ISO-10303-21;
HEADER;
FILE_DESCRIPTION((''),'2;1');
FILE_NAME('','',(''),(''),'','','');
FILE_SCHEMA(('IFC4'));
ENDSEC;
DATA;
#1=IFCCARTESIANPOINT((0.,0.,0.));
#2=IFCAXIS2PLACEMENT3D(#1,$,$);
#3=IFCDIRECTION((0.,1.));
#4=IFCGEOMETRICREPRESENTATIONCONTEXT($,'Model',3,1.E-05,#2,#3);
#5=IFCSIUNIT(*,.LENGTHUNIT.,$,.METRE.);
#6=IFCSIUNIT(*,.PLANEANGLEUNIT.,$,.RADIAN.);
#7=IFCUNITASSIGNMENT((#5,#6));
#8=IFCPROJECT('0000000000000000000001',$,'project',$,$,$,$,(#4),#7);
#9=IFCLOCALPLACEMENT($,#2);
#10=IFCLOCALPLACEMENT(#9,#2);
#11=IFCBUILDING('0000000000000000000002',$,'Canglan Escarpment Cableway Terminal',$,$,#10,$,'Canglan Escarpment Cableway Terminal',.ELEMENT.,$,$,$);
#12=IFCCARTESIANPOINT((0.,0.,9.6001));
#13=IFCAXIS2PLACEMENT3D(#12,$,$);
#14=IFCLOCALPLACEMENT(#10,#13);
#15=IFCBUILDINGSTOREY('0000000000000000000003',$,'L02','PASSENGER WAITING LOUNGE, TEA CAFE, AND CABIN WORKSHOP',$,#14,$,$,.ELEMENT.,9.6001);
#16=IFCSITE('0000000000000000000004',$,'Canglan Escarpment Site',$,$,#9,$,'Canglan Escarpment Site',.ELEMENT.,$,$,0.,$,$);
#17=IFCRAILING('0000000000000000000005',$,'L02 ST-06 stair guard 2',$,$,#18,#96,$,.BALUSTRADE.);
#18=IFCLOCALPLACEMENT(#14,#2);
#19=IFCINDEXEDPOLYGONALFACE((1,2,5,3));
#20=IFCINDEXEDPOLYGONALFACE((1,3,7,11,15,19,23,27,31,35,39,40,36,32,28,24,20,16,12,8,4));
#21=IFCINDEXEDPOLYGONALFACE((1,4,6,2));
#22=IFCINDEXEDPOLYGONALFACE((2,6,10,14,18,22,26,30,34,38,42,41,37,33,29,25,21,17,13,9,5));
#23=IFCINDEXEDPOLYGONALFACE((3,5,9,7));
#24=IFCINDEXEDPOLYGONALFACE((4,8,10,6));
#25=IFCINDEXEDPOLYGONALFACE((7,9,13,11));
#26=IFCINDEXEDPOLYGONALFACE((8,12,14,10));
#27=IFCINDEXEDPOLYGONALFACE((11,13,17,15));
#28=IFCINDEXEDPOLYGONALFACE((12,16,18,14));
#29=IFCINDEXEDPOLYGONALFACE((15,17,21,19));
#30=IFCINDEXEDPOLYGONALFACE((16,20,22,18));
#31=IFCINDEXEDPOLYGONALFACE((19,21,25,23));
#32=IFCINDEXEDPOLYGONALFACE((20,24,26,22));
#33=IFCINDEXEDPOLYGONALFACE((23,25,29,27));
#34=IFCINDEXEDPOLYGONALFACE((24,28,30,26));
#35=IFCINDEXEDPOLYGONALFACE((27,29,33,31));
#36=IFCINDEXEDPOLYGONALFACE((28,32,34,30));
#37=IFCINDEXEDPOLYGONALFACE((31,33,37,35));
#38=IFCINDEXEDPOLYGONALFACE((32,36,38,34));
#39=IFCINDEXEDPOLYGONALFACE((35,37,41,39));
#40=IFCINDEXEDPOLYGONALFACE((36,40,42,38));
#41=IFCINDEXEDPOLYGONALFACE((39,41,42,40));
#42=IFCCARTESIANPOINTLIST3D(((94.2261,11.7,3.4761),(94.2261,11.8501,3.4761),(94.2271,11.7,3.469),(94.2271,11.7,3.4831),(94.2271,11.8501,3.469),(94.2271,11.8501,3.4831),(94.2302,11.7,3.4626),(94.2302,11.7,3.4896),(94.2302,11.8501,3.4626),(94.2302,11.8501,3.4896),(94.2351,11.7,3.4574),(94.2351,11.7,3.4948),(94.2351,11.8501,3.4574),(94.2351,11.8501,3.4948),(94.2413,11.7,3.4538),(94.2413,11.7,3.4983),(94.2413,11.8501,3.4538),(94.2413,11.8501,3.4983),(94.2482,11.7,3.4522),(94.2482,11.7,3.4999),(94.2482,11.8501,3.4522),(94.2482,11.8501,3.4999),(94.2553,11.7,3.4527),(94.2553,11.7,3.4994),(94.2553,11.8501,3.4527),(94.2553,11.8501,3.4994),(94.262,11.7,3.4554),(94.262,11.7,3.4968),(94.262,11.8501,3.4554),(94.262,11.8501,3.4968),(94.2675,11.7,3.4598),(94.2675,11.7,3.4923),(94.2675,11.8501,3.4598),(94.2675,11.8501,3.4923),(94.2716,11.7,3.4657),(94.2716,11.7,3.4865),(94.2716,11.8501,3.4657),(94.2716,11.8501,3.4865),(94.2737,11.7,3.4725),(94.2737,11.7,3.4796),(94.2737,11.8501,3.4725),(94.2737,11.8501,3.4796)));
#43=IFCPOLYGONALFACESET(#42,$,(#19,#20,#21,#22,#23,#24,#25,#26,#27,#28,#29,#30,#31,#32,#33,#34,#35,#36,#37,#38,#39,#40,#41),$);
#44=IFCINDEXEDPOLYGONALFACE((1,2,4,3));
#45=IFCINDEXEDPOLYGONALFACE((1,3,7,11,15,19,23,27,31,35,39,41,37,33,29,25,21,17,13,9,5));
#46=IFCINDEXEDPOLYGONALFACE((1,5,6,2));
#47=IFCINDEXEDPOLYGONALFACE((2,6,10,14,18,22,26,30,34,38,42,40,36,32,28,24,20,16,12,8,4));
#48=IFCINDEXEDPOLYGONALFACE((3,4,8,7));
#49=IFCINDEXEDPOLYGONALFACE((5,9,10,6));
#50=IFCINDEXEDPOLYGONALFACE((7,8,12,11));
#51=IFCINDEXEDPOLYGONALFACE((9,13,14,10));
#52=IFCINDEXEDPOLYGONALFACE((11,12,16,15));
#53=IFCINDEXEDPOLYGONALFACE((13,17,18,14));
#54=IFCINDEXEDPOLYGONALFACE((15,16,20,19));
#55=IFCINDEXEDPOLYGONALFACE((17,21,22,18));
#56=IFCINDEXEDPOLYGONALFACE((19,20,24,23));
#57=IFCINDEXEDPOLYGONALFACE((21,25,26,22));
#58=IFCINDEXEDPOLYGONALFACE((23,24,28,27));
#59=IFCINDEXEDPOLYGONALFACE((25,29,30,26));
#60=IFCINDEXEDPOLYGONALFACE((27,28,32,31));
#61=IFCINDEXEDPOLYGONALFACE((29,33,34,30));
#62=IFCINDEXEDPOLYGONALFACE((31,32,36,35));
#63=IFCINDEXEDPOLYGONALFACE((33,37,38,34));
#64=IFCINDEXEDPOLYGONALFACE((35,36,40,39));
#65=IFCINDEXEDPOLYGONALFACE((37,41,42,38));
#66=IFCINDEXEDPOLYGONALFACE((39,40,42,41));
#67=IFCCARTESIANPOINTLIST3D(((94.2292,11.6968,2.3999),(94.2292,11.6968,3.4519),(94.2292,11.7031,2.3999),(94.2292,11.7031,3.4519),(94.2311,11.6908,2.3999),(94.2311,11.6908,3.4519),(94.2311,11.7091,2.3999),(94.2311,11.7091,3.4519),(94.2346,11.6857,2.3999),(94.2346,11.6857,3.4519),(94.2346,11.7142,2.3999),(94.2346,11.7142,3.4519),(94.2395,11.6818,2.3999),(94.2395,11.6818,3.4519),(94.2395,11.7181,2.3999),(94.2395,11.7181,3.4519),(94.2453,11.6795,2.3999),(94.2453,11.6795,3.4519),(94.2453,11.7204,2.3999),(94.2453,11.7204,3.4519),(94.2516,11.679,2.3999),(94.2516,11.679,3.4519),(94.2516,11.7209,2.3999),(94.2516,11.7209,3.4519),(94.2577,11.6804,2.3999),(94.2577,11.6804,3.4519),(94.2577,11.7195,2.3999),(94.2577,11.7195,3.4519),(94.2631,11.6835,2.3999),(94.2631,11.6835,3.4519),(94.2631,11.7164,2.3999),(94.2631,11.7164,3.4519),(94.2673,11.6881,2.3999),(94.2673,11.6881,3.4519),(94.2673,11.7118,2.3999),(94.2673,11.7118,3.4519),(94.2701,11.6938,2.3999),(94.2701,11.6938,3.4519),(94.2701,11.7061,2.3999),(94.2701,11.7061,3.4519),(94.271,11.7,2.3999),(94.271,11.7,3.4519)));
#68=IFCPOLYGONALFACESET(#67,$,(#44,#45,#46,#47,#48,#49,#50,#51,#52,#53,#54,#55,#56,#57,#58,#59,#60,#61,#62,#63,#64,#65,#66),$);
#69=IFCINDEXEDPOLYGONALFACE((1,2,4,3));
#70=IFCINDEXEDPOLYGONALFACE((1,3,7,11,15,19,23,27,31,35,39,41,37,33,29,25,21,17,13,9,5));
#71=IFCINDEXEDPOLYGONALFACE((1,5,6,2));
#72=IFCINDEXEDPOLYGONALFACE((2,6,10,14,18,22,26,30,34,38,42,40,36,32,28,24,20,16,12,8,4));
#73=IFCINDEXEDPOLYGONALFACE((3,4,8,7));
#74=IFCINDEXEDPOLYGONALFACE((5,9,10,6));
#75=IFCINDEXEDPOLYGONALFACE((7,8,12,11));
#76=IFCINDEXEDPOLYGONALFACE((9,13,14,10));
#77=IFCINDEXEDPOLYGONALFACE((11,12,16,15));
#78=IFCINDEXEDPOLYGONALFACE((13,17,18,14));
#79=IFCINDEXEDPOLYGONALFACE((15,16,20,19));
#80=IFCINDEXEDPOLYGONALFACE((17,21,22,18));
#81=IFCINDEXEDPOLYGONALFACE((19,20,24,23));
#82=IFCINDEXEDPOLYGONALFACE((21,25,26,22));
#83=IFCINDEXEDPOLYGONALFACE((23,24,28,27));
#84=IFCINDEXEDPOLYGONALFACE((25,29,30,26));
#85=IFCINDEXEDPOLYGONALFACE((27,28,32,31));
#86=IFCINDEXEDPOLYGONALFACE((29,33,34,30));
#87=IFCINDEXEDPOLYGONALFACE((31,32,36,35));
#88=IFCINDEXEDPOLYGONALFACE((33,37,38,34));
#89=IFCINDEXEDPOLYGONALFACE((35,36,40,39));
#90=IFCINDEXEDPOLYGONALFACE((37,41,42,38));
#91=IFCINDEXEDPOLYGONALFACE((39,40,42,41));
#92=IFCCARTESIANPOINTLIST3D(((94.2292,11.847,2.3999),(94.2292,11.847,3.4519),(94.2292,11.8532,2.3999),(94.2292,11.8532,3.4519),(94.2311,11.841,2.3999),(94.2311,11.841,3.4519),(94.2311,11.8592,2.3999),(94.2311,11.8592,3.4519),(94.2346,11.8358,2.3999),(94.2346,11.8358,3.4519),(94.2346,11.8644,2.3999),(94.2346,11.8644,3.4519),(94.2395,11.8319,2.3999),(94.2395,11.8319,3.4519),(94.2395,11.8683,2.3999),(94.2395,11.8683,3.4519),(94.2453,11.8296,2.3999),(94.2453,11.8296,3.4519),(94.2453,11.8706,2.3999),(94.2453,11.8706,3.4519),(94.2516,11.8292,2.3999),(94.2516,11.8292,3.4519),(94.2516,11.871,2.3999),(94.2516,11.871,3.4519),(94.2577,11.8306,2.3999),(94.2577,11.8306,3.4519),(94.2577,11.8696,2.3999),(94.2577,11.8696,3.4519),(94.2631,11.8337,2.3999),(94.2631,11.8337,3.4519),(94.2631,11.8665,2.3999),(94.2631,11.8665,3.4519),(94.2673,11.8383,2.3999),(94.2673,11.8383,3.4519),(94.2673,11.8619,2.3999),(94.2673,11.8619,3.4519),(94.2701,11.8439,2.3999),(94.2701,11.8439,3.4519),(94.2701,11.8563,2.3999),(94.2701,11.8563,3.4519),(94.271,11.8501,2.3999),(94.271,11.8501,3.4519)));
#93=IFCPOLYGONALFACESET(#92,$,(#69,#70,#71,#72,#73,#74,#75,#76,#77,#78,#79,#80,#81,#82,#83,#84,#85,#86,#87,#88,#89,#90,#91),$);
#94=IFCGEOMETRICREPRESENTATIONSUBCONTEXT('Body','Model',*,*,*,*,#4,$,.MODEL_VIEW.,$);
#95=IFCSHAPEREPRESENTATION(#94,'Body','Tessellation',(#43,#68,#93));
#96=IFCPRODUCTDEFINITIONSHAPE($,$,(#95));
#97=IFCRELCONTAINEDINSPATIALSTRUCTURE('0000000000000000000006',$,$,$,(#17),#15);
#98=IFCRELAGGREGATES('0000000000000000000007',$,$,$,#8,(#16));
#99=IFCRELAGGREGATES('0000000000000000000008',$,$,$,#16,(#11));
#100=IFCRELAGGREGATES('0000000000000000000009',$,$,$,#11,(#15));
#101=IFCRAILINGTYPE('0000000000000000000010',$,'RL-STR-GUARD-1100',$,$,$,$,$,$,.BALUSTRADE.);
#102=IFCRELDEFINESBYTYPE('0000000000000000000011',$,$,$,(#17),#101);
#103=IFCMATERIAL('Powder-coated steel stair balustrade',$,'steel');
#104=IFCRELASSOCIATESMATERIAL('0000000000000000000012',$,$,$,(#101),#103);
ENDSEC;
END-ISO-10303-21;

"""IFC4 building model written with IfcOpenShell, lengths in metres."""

from ifc_helpers import new_model, si_unit, direction, frame, origin, origin_2d, place, context, subcontext, project, spatial, circle, extrude, material, type_object, element, save


model = new_model("IFC4")

# Units and contexts
model_context = context("Model", 3, precision=1e-05, world=origin(), true_north=direction((0.0, 1.0)))
body_context = subcontext(model_context, "Body", "Model", "MODEL_VIEW")
ifc_project = project(units=[si_unit("LENGTHUNIT", "METRE"), si_unit("PLANEANGLEUNIT", "RADIAN")], contexts=[model_context])

# Site, building, storey
site_placement = place(None, origin())
site = spatial("IfcSite", under=ifc_project, at=site_placement, Name="Canglan Escarpment Site", LongName="Canglan Escarpment Site", CompositionType="ELEMENT", RefElevation=0.0)
building_placement = place(site_placement, origin())
building = spatial("IfcBuilding", under=site, at=building_placement, Name="Canglan Escarpment Cableway Terminal", LongName="Canglan Escarpment Cableway Terminal", CompositionType="ELEMENT")
storey_placement = place(building_placement, frame((0.0, 0.0, 9.6001)))
storey = spatial("IfcBuildingStorey", under=building, at=storey_placement, Name="L02", Description="PASSENGER WAITING LOUNGE, TEA CAFE, AND CABIN WORKSHOP", CompositionType="ELEMENT", Elevation=9.6001)

# Railing
ifc_material_1 = material(Name="Powder-coated steel stair balustrade", Category="steel")
railing_type_1 = type_object("IfcRailingType", Name="RL-STR-GUARD-1100", PredefinedType="BALUSTRADE", material=ifc_material_1)
railing_1_placement = place(storey_placement, frame((94.25, 11.7, 2.3999)))
element("IfcRailing", 1, at=railing_1_placement, inside=storey, type_object=railing_type_1, Name="L02 ST-06 stair guard 2", PredefinedType="BALUSTRADE", context=body_context, shape_type="SweptSolid", body=[
    extrude(circle(Radius=0.0239, at=origin_2d()), frame((0.0, 0.0, 1.0762), z_axis=(0.0, 1.0, 0.0), x_axis=(-1.0, 0.0, 0.0)), (0.0, 0.0, 1.0), 0.1501),
    extrude(circle(Radius=0.021, at=origin_2d()), origin(), (0.0, 0.0, 1.0), 1.052),
    extrude(circle(Radius=0.021, at=origin_2d()), frame((0.0, 0.1501, 0.0)), (0.0, 0.0, 1.0), 1.052),
])

save(model, "model.ifc")
